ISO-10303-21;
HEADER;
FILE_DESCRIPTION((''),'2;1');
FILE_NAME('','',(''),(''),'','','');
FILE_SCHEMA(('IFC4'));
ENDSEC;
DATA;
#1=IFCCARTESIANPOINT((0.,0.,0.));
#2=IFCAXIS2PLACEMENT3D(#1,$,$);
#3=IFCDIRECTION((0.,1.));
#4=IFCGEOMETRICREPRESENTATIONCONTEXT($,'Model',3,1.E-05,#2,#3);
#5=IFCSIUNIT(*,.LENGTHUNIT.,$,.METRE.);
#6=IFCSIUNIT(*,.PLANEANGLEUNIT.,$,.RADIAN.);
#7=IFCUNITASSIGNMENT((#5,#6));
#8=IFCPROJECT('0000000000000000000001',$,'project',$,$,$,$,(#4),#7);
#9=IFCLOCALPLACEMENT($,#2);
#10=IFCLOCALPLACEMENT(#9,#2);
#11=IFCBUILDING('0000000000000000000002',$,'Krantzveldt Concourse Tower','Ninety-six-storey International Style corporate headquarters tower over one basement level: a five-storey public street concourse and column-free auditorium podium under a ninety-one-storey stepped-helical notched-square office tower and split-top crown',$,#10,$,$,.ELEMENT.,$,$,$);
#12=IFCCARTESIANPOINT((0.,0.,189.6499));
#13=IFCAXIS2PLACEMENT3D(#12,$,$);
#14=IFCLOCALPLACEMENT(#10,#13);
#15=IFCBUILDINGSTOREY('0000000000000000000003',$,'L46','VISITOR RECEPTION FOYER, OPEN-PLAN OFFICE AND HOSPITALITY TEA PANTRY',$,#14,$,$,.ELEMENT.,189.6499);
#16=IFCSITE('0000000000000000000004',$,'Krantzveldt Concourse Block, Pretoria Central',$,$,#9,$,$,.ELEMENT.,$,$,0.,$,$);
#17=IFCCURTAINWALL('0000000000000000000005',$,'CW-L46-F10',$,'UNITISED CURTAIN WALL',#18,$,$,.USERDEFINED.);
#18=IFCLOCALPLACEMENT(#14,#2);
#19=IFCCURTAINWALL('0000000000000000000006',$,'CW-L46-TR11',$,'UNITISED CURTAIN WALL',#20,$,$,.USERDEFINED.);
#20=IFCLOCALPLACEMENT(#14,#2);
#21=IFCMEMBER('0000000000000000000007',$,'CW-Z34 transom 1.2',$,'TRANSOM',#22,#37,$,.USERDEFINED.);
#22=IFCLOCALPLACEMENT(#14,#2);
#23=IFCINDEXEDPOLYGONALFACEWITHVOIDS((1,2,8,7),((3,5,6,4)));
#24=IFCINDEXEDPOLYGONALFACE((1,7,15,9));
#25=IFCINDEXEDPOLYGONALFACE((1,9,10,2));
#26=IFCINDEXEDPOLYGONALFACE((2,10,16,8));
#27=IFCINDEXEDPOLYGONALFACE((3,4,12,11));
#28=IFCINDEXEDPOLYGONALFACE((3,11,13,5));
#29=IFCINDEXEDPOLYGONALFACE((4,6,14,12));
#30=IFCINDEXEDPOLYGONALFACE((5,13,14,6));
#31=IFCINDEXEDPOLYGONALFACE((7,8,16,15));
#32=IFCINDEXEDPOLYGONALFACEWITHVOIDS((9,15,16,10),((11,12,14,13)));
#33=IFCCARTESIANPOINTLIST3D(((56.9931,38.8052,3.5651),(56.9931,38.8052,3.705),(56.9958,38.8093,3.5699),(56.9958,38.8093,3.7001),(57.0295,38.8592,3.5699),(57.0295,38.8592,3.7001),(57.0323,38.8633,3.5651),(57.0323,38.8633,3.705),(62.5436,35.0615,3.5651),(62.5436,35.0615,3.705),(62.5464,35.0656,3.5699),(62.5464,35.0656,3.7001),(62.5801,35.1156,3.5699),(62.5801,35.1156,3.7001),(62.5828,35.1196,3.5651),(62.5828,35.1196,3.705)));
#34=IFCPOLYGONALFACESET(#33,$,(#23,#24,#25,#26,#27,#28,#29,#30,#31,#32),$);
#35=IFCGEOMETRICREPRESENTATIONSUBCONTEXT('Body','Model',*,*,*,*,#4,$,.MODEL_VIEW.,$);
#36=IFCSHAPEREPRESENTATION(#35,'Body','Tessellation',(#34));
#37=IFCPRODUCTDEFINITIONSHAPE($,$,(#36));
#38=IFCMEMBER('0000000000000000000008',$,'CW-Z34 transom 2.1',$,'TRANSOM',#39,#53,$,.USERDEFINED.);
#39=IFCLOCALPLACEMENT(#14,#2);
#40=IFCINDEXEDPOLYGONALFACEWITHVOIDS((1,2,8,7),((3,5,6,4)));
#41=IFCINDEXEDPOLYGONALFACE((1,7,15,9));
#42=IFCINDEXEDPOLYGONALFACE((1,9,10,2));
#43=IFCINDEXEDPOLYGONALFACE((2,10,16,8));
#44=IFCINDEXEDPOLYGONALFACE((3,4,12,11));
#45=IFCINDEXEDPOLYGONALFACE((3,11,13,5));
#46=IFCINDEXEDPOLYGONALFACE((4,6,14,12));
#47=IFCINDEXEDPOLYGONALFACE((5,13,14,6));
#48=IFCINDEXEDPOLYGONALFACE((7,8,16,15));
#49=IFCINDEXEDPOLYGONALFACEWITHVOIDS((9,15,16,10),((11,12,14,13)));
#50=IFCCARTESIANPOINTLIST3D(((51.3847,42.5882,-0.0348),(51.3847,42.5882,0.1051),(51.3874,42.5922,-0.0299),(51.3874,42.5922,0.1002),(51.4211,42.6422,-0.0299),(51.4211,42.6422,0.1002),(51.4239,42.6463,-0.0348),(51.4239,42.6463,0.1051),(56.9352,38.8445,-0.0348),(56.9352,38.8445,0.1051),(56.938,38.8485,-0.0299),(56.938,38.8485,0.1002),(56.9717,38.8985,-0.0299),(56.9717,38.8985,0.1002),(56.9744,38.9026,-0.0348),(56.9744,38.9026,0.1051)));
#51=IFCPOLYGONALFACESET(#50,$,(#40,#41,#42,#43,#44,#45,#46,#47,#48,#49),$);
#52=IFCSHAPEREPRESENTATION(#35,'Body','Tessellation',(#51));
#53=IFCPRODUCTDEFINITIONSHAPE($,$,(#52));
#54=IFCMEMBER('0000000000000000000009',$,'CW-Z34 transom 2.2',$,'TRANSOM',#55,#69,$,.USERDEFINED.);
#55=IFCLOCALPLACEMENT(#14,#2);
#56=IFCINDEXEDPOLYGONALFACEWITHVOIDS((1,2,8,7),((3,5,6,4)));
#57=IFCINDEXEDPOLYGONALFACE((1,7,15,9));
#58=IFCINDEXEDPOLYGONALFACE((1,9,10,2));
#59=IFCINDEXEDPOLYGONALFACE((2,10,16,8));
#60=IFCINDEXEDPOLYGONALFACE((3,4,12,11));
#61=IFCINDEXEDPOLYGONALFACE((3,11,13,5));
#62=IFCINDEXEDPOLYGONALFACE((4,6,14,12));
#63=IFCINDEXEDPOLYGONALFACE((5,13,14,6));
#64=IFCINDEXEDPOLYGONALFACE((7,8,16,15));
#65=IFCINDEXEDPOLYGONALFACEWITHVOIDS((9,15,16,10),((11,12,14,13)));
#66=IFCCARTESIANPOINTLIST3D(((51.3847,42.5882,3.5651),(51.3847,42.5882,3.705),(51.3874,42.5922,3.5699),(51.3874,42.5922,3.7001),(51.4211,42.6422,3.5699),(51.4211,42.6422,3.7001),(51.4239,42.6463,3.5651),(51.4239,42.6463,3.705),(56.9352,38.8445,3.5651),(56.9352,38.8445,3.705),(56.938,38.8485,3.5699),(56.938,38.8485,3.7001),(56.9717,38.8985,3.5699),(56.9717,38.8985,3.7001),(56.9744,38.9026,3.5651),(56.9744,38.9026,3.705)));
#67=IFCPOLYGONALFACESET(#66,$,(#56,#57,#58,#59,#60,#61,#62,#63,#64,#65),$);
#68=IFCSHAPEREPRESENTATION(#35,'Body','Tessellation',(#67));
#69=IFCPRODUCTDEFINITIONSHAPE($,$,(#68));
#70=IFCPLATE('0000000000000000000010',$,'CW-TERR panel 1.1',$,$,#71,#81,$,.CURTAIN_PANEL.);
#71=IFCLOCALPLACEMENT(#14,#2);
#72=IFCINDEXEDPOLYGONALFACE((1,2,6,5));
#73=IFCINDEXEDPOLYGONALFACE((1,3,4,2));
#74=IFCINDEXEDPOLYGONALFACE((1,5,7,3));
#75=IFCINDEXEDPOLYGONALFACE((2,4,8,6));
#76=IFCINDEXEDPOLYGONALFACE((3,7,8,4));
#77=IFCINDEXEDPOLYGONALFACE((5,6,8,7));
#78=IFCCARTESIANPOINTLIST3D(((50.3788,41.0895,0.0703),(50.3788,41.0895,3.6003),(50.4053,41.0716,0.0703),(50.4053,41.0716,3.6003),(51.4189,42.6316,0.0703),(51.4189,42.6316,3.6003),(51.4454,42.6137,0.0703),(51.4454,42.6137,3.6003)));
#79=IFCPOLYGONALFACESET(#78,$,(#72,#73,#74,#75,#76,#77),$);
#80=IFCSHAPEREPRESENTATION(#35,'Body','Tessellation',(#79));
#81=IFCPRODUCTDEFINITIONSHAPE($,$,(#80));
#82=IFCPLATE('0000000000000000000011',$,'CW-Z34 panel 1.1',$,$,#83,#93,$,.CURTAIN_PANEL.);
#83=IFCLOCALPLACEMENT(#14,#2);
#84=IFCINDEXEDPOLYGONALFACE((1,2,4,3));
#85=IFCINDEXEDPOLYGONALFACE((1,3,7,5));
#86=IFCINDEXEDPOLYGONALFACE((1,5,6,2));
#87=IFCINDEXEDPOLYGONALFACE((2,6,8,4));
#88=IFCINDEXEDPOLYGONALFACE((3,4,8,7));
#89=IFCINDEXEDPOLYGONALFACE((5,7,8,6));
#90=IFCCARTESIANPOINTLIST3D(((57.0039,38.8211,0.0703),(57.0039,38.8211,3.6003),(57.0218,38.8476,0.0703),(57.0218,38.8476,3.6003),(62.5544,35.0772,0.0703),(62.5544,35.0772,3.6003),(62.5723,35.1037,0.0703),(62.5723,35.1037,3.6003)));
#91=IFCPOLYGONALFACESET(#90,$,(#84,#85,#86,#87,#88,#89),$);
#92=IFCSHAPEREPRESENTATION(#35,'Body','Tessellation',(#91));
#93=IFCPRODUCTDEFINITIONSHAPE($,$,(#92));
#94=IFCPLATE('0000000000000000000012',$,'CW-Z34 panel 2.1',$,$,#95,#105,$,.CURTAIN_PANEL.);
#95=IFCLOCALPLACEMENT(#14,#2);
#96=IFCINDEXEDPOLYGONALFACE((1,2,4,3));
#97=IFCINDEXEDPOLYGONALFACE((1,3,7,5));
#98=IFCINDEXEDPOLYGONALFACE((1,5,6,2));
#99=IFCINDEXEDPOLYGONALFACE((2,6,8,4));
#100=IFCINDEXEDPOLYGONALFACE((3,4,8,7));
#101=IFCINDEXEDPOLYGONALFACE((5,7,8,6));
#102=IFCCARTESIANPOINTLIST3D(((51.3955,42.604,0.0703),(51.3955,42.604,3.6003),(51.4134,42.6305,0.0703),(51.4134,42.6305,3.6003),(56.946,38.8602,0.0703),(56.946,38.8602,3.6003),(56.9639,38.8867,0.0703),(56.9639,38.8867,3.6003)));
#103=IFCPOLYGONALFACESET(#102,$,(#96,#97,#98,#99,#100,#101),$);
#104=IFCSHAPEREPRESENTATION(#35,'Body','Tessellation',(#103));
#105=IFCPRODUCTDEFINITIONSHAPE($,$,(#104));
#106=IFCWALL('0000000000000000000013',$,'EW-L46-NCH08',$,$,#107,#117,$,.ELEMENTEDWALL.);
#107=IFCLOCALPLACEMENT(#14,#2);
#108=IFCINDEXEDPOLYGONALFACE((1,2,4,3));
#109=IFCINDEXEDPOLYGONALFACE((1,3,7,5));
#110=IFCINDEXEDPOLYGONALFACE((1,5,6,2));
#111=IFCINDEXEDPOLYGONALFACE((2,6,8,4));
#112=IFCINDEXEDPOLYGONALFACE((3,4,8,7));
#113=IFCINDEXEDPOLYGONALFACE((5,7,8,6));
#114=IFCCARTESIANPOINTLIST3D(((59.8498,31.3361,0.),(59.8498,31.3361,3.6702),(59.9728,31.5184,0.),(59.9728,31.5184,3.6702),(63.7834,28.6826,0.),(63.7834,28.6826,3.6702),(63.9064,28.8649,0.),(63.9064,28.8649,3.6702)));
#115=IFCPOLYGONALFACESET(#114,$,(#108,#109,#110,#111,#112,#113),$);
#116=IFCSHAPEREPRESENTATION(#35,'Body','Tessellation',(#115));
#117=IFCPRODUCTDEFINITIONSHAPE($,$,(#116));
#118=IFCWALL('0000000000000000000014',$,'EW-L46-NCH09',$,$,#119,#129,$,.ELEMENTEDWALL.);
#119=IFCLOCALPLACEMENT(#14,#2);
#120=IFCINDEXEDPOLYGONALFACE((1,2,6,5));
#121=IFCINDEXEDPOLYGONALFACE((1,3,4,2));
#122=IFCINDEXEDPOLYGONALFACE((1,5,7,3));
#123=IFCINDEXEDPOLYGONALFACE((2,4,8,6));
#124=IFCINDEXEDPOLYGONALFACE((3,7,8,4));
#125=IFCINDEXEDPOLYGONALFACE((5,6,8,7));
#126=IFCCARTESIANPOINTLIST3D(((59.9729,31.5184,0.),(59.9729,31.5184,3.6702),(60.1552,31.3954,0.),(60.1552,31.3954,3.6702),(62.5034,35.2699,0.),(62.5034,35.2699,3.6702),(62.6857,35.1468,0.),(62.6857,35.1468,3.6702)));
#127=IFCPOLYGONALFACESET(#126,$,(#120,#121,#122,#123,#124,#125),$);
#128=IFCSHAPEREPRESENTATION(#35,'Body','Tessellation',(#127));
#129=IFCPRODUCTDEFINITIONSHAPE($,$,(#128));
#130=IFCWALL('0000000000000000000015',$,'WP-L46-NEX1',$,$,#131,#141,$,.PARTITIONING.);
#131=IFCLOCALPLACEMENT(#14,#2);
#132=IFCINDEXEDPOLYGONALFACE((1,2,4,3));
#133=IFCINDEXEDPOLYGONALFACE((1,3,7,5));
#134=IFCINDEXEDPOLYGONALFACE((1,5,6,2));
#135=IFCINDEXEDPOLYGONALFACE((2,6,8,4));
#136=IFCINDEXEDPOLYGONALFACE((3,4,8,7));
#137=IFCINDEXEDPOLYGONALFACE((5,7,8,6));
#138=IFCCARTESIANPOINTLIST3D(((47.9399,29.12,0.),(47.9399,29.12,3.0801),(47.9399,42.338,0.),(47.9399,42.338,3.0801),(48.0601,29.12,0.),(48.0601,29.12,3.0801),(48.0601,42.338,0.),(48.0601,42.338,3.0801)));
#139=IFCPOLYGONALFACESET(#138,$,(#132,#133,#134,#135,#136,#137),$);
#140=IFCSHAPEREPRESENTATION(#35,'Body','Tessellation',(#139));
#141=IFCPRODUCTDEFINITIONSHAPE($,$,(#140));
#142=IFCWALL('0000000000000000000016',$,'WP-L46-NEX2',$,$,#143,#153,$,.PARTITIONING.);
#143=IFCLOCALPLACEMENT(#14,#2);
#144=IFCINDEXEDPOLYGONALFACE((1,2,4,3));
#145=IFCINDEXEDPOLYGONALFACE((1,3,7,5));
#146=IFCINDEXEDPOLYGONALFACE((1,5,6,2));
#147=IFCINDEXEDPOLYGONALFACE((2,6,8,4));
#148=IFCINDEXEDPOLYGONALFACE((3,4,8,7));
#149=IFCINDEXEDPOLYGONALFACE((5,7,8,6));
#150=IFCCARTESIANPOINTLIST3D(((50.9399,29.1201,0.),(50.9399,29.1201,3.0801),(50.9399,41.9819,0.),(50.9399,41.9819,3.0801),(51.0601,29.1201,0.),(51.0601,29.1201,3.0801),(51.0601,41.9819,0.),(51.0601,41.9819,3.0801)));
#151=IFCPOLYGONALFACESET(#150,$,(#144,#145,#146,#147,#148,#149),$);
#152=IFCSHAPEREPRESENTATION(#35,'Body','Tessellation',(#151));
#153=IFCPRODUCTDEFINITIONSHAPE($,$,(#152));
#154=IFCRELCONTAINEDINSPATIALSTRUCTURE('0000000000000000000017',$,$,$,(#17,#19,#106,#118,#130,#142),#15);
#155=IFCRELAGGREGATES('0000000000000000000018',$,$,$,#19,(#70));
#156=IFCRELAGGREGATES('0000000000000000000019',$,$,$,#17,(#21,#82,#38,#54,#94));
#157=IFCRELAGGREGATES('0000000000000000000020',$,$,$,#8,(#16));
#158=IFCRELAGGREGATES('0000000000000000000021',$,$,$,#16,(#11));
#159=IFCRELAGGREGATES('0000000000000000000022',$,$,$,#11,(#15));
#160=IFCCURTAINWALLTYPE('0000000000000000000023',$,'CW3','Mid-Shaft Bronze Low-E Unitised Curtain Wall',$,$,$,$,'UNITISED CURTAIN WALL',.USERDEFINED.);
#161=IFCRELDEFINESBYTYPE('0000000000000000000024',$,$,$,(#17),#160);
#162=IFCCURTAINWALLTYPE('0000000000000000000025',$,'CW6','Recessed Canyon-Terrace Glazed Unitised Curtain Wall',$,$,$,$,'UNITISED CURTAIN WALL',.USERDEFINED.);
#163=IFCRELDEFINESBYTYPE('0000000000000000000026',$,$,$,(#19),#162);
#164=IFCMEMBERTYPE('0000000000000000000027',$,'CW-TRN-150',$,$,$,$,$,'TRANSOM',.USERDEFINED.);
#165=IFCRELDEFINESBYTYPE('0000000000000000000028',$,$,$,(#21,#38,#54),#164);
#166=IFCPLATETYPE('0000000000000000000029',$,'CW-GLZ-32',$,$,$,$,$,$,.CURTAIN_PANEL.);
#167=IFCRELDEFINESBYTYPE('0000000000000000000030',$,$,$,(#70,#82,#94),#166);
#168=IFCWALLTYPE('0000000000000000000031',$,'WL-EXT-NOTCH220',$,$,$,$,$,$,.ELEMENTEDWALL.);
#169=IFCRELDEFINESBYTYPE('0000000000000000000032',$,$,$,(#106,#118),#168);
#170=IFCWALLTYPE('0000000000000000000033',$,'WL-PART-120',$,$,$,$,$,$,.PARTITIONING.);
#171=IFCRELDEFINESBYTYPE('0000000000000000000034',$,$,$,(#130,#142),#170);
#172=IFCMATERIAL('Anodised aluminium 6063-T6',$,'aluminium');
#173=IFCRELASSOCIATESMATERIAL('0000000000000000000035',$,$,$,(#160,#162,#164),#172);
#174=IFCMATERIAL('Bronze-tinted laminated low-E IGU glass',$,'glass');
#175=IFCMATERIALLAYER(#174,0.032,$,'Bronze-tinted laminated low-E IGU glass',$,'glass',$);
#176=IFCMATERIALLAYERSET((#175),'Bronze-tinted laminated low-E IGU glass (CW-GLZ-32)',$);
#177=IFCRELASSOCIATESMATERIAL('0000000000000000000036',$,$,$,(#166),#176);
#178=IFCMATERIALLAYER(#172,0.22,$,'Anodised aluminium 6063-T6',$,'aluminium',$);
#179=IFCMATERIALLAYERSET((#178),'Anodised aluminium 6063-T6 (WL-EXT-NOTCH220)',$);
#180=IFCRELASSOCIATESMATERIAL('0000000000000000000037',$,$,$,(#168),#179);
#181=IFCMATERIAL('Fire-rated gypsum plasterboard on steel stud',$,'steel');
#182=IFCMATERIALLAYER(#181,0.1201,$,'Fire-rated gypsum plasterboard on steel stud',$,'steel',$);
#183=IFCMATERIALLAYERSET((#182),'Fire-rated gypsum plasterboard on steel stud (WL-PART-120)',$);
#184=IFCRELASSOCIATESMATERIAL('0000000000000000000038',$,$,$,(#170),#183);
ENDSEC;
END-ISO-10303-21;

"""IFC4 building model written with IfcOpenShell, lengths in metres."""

from ifc_helpers import new_model, si_unit, direction, frame, frame_2d, origin, origin_2d, place, context, subcontext, project, spatial, rectangle, hollow_rectangle, extrude, source, transform, mapped, material, layer, layer_set, material_profile, profile_set, type_object, type_shapes, element, aggregate, save


model = new_model("IFC4")

# Units and contexts
model_context = context("Model", 3, precision=1e-05, world=origin(), true_north=direction((0.0, 1.0)))
body_context = subcontext(model_context, "Body", "Model", "MODEL_VIEW")
ifc_project = project(units=[si_unit("LENGTHUNIT", "METRE"), si_unit("PLANEANGLEUNIT", "RADIAN")], contexts=[model_context])

# Site, building, storey
site_placement = place(None, origin())
site = spatial("IfcSite", under=ifc_project, at=site_placement, Name="Krantzveldt Concourse Block, Pretoria Central", CompositionType="ELEMENT", RefElevation=0.0)
building_placement = place(site_placement, origin())
building = spatial("IfcBuilding", under=site, at=building_placement, Name="Krantzveldt Concourse Tower", Description="Ninety-six-storey International Style corporate headquarters tower over one basement level: a five-storey public street concourse and column-free auditorium podium under a ninety-one-storey stepped-helical notched-square office tower and split-top crown", CompositionType="ELEMENT")
storey_placement = place(building_placement, frame((0.0, 0.0, 189.6499)))
storey = spatial("IfcBuildingStorey", under=building, at=storey_placement, Name="L46", Description="VISITOR RECEPTION FOYER, OPEN-PLAN OFFICE AND HOSPITALITY TEA PANTRY", CompositionType="ELEMENT", Elevation=189.6499)

# Shared definitions
ifc_material_1 = material(Name="Anodised aluminium 6063-T6", Category="aluminium")
curtain_wall_type_1 = type_object("IfcCurtainWallType", Name="CW3", Description="Mid-Shaft Bronze Low-E Unitised Curtain Wall", ElementType="UNITISED CURTAIN WALL", PredefinedType="USERDEFINED", material=ifc_material_1)

# Curtain walls
curtain_wall_1_placement = place(storey_placement, origin())
curtain_wall_1 = element("IfcCurtainWall", 1, at=curtain_wall_1_placement, inside=storey, type_object=curtain_wall_type_1, Name="CW-L46-F10", ObjectType="UNITISED CURTAIN WALL", PredefinedType="USERDEFINED")
curtain_wall_type_2 = type_object("IfcCurtainWallType", Name="CW6", Description="Recessed Canyon-Terrace Glazed Unitised Curtain Wall", ElementType="UNITISED CURTAIN WALL", PredefinedType="USERDEFINED", material=ifc_material_1)
curtain_wall_2_placement = place(storey_placement, origin())
curtain_wall_2 = element("IfcCurtainWall", 2, at=curtain_wall_2_placement, inside=storey, type_object=curtain_wall_type_2, Name="CW-L46-TR11", ObjectType="UNITISED CURTAIN WALL", PredefinedType="USERDEFINED")

# Members
ifc_material_profile_1 = material_profile(ifc_material_1, hollow_rectangle(XDim=0.0701, YDim=0.1399, WallThickness=0.0049, at=origin_2d()), Name="Anodised aluminium 6063-T6", Category="aluminium")
ifc_profile_set_1 = profile_set([ifc_material_profile_1], Name="Anodised aluminium 6063-T6 - ALU-TRAN 140x70x5")
member_type_1 = type_object("IfcMemberType", Name="CW-TRN-150", ElementType="TRANSOM", PredefinedType="USERDEFINED", material=ifc_profile_set_1)
shared_shape_1 = source(origin(), body_context, "Body", "SweptSolid", [
    extrude(hollow_rectangle(XDim=0.0701, YDim=0.1399, WallThickness=0.0049, at=origin_2d()), origin(), (0.0, 0.0, 1.0), 6.6951),
])
member_1_placement = place(storey_placement, frame((62.5632, 35.0906, 3.635), z_axis=(-0.829054, 0.559169, 0.0), x_axis=(-0.559169, -0.829054, 0.0)))
member_1 = element("IfcMember", 3, at=member_1_placement, type_object=member_type_1, Name="CW-Z34 transom 1.2", ObjectType="TRANSOM", PredefinedType="USERDEFINED", context=body_context, shape_type="MappedRepresentation", body=[
    mapped(shared_shape_1, transform((0.0, 0.0, 0.0), x_axis=(1.0, 0.0, 0.0), y_axis=(0.0, 1.0, 0.0), z_axis=(0.0, 0.0, 1.0), scale=1.0)),
])
member_2_placement = place(storey_placement, frame((56.9548, 38.8735, 0.0352), z_axis=(-0.829054, 0.559169, 0.0), x_axis=(-0.559169, -0.829054, 0.0)))
member_2 = element("IfcMember", 4, at=member_2_placement, type_object=member_type_1, Name="CW-Z34 transom 2.1", ObjectType="TRANSOM", PredefinedType="USERDEFINED", context=body_context, shape_type="MappedRepresentation", body=[
    mapped(shared_shape_1, transform((0.0, 0.0, 0.0), x_axis=(1.0, 0.0, 0.0), y_axis=(0.0, 1.0, 0.0), z_axis=(0.0, 0.0, 1.0), scale=1.0)),
])
member_3_placement = place(storey_placement, frame((56.9548, 38.8735, 3.635), z_axis=(-0.829054, 0.559169, 0.0), x_axis=(-0.559169, -0.829054, 0.0)))
member_3 = element("IfcMember", 5, at=member_3_placement, type_object=member_type_1, Name="CW-Z34 transom 2.2", ObjectType="TRANSOM", PredefinedType="USERDEFINED", context=body_context, shape_type="MappedRepresentation", body=[
    mapped(shared_shape_1, transform((0.0, 0.0, 0.0), x_axis=(1.0, 0.0, 0.0), y_axis=(0.0, 1.0, 0.0), z_axis=(0.0, 0.0, 1.0), scale=1.0)),
])

# Plates
ifc_material_2 = material(Name="Bronze-tinted laminated low-E IGU glass", Category="glass")
ifc_layer_1 = layer(ifc_material_2, 0.032, Name="Bronze-tinted laminated low-E IGU glass", Category="glass")
ifc_layer_set_1 = layer_set([ifc_layer_1], Name="Bronze-tinted laminated low-E IGU glass (CW-GLZ-32)")
plate_type = type_object("IfcPlateType", Name="CW-GLZ-32", PredefinedType="CURTAIN_PANEL", material=ifc_layer_set_1)
shared_shape_2 = source(origin(), body_context, "Body", "SweptSolid", [
    extrude(rectangle(XDim=1.8601, YDim=0.032, at=origin_2d()), origin(), (0.0, 0.0, 1.0), 3.53),
])
plate_1_placement = place(storey_placement, frame((50.9121, 41.8516, 0.0703), z_axis=(0.0, 0.0, 1.0), x_axis=(-0.559193, -0.829037, 0.0)))
plate_1 = element("IfcPlate", 6, at=plate_1_placement, type_object=plate_type, Name="CW-TERR panel 1.1", PredefinedType="CURTAIN_PANEL", context=body_context, shape_type="MappedRepresentation", body=[
    mapped(shared_shape_2, transform((0.0, 0.0, 0.0), x_axis=(1.0, 0.0, 0.0), y_axis=(0.0, 1.0, 0.0), z_axis=(0.0, 0.0, 1.0), scale=1.0)),
])
aggregate(curtain_wall_2, [plate_1])
shared_shape_3 = source(origin(), body_context, "Body", "SweptSolid", [
    extrude(rectangle(XDim=6.6951, YDim=0.032, at=origin_2d()), origin(), (0.0, 0.0, 1.0), 3.53),
])
type_shapes(plate_type, [shared_shape_2, shared_shape_3])
plate_2_placement = place(storey_placement, frame((59.7881, 36.9624, 0.0703), z_axis=(0.0, 0.0, 1.0), x_axis=(-0.829038, 0.559193, 0.0)))
plate_2 = element("IfcPlate", 7, at=plate_2_placement, type_object=plate_type, Name="CW-Z34 panel 1.1", PredefinedType="CURTAIN_PANEL", context=body_context, shape_type="MappedRepresentation", body=[
    mapped(shared_shape_3, transform((0.0, 0.0, 0.0), x_axis=(1.0, 0.0, 0.0), y_axis=(0.0, 1.0, 0.0), z_axis=(0.0, 0.0, 1.0), scale=1.0)),
])
plate_3_placement = place(storey_placement, frame((54.1797, 40.7454, 0.0703), z_axis=(0.0, 0.0, 1.0), x_axis=(-0.829038, 0.559193, 0.0)))
plate_3 = element("IfcPlate", 8, at=plate_3_placement, type_object=plate_type, Name="CW-Z34 panel 2.1", PredefinedType="CURTAIN_PANEL", context=body_context, shape_type="MappedRepresentation", body=[
    mapped(shared_shape_3, transform((0.0, 0.0, 0.0), x_axis=(1.0, 0.0, 0.0), y_axis=(0.0, 1.0, 0.0), z_axis=(0.0, 0.0, 1.0), scale=1.0)),
])
aggregate(curtain_wall_1, [member_1, plate_2, member_2, member_3, plate_3])

# Walls
ifc_layer_2 = layer(ifc_material_1, 0.22, Name="Anodised aluminium 6063-T6", Category="aluminium")
ifc_layer_set_2 = layer_set([ifc_layer_2], Name="Anodised aluminium 6063-T6 (WL-EXT-NOTCH220)")
wall_type_1 = type_object("IfcWallType", Name="WL-EXT-NOTCH220", PredefinedType="ELEMENTEDWALL", material=ifc_layer_set_2)
wall_1_placement = place(storey_placement, frame((63.845, 28.7737, 0.0), z_axis=(0.0, 0.0, 1.0), x_axis=(-0.829006, 0.55924, 0.0)))
element("IfcWall", 9, at=wall_1_placement, inside=storey, type_object=wall_type_1, Name="EW-L46-NCH08", PredefinedType="ELEMENTEDWALL", context=body_context, shape_type="SweptSolid", body=[
    extrude(rectangle(XDim=4.7449, YDim=0.22, at=frame_2d((2.3726, 0.0))), origin(), (0.0, 0.0, 1.0), 3.6702),
])
wall_2_placement = place(storey_placement, frame((60.064, 31.4568, 0.0), z_axis=(0.0, 0.0, 1.0), x_axis=(0.559212, 0.829025, 0.0)))
element("IfcWall", 10, at=wall_2_placement, inside=storey, type_object=wall_type_1, Name="EW-L46-NCH09", PredefinedType="ELEMENTEDWALL", context=body_context, shape_type="SweptSolid", body=[
    extrude(rectangle(XDim=4.5251, YDim=0.22, at=frame_2d((2.2627, 0.0))), origin(), (0.0, 0.0, 1.0), 3.6702),
])
ifc_material_3 = material(Name="Fire-rated gypsum plasterboard on steel stud", Category="steel")
ifc_layer_3 = layer(ifc_material_3, 0.1201, Name="Fire-rated gypsum plasterboard on steel stud", Category="steel")
ifc_layer_set_3 = layer_set([ifc_layer_3], Name="Fire-rated gypsum plasterboard on steel stud (WL-PART-120)")
wall_type_2 = type_object("IfcWallType", Name="WL-PART-120", PredefinedType="PARTITIONING", material=ifc_layer_set_3)
wall_3_placement = place(storey_placement, frame((48.0, 29.1201, 0.0), z_axis=(0.0, 0.0, 1.0), x_axis=(0.0, 1.0, 0.0)))
element("IfcWall", 11, at=wall_3_placement, inside=storey, type_object=wall_type_2, Name="WP-L46-NEX1", PredefinedType="PARTITIONING", context=body_context, shape_type="SweptSolid", body=[
    extrude(rectangle(XDim=13.218, YDim=0.1201, at=frame_2d((6.6089, 0.0))), origin(), (0.0, 0.0, 1.0), 3.0801),
])
wall_4_placement = place(storey_placement, frame((51.0, 29.1201, 0.0), z_axis=(0.0, 0.0, 1.0), x_axis=(0.0, 1.0, 0.0)))
element("IfcWall", 12, at=wall_4_placement, inside=storey, type_object=wall_type_2, Name="WP-L46-NEX2", PredefinedType="PARTITIONING", context=body_context, shape_type="SweptSolid", body=[
    extrude(rectangle(XDim=12.8618, YDim=0.1201, at=frame_2d((6.4309, 0.0))), origin(), (0.0, 0.0, 1.0), 3.0801),
])

save(model, "model.ifc")
